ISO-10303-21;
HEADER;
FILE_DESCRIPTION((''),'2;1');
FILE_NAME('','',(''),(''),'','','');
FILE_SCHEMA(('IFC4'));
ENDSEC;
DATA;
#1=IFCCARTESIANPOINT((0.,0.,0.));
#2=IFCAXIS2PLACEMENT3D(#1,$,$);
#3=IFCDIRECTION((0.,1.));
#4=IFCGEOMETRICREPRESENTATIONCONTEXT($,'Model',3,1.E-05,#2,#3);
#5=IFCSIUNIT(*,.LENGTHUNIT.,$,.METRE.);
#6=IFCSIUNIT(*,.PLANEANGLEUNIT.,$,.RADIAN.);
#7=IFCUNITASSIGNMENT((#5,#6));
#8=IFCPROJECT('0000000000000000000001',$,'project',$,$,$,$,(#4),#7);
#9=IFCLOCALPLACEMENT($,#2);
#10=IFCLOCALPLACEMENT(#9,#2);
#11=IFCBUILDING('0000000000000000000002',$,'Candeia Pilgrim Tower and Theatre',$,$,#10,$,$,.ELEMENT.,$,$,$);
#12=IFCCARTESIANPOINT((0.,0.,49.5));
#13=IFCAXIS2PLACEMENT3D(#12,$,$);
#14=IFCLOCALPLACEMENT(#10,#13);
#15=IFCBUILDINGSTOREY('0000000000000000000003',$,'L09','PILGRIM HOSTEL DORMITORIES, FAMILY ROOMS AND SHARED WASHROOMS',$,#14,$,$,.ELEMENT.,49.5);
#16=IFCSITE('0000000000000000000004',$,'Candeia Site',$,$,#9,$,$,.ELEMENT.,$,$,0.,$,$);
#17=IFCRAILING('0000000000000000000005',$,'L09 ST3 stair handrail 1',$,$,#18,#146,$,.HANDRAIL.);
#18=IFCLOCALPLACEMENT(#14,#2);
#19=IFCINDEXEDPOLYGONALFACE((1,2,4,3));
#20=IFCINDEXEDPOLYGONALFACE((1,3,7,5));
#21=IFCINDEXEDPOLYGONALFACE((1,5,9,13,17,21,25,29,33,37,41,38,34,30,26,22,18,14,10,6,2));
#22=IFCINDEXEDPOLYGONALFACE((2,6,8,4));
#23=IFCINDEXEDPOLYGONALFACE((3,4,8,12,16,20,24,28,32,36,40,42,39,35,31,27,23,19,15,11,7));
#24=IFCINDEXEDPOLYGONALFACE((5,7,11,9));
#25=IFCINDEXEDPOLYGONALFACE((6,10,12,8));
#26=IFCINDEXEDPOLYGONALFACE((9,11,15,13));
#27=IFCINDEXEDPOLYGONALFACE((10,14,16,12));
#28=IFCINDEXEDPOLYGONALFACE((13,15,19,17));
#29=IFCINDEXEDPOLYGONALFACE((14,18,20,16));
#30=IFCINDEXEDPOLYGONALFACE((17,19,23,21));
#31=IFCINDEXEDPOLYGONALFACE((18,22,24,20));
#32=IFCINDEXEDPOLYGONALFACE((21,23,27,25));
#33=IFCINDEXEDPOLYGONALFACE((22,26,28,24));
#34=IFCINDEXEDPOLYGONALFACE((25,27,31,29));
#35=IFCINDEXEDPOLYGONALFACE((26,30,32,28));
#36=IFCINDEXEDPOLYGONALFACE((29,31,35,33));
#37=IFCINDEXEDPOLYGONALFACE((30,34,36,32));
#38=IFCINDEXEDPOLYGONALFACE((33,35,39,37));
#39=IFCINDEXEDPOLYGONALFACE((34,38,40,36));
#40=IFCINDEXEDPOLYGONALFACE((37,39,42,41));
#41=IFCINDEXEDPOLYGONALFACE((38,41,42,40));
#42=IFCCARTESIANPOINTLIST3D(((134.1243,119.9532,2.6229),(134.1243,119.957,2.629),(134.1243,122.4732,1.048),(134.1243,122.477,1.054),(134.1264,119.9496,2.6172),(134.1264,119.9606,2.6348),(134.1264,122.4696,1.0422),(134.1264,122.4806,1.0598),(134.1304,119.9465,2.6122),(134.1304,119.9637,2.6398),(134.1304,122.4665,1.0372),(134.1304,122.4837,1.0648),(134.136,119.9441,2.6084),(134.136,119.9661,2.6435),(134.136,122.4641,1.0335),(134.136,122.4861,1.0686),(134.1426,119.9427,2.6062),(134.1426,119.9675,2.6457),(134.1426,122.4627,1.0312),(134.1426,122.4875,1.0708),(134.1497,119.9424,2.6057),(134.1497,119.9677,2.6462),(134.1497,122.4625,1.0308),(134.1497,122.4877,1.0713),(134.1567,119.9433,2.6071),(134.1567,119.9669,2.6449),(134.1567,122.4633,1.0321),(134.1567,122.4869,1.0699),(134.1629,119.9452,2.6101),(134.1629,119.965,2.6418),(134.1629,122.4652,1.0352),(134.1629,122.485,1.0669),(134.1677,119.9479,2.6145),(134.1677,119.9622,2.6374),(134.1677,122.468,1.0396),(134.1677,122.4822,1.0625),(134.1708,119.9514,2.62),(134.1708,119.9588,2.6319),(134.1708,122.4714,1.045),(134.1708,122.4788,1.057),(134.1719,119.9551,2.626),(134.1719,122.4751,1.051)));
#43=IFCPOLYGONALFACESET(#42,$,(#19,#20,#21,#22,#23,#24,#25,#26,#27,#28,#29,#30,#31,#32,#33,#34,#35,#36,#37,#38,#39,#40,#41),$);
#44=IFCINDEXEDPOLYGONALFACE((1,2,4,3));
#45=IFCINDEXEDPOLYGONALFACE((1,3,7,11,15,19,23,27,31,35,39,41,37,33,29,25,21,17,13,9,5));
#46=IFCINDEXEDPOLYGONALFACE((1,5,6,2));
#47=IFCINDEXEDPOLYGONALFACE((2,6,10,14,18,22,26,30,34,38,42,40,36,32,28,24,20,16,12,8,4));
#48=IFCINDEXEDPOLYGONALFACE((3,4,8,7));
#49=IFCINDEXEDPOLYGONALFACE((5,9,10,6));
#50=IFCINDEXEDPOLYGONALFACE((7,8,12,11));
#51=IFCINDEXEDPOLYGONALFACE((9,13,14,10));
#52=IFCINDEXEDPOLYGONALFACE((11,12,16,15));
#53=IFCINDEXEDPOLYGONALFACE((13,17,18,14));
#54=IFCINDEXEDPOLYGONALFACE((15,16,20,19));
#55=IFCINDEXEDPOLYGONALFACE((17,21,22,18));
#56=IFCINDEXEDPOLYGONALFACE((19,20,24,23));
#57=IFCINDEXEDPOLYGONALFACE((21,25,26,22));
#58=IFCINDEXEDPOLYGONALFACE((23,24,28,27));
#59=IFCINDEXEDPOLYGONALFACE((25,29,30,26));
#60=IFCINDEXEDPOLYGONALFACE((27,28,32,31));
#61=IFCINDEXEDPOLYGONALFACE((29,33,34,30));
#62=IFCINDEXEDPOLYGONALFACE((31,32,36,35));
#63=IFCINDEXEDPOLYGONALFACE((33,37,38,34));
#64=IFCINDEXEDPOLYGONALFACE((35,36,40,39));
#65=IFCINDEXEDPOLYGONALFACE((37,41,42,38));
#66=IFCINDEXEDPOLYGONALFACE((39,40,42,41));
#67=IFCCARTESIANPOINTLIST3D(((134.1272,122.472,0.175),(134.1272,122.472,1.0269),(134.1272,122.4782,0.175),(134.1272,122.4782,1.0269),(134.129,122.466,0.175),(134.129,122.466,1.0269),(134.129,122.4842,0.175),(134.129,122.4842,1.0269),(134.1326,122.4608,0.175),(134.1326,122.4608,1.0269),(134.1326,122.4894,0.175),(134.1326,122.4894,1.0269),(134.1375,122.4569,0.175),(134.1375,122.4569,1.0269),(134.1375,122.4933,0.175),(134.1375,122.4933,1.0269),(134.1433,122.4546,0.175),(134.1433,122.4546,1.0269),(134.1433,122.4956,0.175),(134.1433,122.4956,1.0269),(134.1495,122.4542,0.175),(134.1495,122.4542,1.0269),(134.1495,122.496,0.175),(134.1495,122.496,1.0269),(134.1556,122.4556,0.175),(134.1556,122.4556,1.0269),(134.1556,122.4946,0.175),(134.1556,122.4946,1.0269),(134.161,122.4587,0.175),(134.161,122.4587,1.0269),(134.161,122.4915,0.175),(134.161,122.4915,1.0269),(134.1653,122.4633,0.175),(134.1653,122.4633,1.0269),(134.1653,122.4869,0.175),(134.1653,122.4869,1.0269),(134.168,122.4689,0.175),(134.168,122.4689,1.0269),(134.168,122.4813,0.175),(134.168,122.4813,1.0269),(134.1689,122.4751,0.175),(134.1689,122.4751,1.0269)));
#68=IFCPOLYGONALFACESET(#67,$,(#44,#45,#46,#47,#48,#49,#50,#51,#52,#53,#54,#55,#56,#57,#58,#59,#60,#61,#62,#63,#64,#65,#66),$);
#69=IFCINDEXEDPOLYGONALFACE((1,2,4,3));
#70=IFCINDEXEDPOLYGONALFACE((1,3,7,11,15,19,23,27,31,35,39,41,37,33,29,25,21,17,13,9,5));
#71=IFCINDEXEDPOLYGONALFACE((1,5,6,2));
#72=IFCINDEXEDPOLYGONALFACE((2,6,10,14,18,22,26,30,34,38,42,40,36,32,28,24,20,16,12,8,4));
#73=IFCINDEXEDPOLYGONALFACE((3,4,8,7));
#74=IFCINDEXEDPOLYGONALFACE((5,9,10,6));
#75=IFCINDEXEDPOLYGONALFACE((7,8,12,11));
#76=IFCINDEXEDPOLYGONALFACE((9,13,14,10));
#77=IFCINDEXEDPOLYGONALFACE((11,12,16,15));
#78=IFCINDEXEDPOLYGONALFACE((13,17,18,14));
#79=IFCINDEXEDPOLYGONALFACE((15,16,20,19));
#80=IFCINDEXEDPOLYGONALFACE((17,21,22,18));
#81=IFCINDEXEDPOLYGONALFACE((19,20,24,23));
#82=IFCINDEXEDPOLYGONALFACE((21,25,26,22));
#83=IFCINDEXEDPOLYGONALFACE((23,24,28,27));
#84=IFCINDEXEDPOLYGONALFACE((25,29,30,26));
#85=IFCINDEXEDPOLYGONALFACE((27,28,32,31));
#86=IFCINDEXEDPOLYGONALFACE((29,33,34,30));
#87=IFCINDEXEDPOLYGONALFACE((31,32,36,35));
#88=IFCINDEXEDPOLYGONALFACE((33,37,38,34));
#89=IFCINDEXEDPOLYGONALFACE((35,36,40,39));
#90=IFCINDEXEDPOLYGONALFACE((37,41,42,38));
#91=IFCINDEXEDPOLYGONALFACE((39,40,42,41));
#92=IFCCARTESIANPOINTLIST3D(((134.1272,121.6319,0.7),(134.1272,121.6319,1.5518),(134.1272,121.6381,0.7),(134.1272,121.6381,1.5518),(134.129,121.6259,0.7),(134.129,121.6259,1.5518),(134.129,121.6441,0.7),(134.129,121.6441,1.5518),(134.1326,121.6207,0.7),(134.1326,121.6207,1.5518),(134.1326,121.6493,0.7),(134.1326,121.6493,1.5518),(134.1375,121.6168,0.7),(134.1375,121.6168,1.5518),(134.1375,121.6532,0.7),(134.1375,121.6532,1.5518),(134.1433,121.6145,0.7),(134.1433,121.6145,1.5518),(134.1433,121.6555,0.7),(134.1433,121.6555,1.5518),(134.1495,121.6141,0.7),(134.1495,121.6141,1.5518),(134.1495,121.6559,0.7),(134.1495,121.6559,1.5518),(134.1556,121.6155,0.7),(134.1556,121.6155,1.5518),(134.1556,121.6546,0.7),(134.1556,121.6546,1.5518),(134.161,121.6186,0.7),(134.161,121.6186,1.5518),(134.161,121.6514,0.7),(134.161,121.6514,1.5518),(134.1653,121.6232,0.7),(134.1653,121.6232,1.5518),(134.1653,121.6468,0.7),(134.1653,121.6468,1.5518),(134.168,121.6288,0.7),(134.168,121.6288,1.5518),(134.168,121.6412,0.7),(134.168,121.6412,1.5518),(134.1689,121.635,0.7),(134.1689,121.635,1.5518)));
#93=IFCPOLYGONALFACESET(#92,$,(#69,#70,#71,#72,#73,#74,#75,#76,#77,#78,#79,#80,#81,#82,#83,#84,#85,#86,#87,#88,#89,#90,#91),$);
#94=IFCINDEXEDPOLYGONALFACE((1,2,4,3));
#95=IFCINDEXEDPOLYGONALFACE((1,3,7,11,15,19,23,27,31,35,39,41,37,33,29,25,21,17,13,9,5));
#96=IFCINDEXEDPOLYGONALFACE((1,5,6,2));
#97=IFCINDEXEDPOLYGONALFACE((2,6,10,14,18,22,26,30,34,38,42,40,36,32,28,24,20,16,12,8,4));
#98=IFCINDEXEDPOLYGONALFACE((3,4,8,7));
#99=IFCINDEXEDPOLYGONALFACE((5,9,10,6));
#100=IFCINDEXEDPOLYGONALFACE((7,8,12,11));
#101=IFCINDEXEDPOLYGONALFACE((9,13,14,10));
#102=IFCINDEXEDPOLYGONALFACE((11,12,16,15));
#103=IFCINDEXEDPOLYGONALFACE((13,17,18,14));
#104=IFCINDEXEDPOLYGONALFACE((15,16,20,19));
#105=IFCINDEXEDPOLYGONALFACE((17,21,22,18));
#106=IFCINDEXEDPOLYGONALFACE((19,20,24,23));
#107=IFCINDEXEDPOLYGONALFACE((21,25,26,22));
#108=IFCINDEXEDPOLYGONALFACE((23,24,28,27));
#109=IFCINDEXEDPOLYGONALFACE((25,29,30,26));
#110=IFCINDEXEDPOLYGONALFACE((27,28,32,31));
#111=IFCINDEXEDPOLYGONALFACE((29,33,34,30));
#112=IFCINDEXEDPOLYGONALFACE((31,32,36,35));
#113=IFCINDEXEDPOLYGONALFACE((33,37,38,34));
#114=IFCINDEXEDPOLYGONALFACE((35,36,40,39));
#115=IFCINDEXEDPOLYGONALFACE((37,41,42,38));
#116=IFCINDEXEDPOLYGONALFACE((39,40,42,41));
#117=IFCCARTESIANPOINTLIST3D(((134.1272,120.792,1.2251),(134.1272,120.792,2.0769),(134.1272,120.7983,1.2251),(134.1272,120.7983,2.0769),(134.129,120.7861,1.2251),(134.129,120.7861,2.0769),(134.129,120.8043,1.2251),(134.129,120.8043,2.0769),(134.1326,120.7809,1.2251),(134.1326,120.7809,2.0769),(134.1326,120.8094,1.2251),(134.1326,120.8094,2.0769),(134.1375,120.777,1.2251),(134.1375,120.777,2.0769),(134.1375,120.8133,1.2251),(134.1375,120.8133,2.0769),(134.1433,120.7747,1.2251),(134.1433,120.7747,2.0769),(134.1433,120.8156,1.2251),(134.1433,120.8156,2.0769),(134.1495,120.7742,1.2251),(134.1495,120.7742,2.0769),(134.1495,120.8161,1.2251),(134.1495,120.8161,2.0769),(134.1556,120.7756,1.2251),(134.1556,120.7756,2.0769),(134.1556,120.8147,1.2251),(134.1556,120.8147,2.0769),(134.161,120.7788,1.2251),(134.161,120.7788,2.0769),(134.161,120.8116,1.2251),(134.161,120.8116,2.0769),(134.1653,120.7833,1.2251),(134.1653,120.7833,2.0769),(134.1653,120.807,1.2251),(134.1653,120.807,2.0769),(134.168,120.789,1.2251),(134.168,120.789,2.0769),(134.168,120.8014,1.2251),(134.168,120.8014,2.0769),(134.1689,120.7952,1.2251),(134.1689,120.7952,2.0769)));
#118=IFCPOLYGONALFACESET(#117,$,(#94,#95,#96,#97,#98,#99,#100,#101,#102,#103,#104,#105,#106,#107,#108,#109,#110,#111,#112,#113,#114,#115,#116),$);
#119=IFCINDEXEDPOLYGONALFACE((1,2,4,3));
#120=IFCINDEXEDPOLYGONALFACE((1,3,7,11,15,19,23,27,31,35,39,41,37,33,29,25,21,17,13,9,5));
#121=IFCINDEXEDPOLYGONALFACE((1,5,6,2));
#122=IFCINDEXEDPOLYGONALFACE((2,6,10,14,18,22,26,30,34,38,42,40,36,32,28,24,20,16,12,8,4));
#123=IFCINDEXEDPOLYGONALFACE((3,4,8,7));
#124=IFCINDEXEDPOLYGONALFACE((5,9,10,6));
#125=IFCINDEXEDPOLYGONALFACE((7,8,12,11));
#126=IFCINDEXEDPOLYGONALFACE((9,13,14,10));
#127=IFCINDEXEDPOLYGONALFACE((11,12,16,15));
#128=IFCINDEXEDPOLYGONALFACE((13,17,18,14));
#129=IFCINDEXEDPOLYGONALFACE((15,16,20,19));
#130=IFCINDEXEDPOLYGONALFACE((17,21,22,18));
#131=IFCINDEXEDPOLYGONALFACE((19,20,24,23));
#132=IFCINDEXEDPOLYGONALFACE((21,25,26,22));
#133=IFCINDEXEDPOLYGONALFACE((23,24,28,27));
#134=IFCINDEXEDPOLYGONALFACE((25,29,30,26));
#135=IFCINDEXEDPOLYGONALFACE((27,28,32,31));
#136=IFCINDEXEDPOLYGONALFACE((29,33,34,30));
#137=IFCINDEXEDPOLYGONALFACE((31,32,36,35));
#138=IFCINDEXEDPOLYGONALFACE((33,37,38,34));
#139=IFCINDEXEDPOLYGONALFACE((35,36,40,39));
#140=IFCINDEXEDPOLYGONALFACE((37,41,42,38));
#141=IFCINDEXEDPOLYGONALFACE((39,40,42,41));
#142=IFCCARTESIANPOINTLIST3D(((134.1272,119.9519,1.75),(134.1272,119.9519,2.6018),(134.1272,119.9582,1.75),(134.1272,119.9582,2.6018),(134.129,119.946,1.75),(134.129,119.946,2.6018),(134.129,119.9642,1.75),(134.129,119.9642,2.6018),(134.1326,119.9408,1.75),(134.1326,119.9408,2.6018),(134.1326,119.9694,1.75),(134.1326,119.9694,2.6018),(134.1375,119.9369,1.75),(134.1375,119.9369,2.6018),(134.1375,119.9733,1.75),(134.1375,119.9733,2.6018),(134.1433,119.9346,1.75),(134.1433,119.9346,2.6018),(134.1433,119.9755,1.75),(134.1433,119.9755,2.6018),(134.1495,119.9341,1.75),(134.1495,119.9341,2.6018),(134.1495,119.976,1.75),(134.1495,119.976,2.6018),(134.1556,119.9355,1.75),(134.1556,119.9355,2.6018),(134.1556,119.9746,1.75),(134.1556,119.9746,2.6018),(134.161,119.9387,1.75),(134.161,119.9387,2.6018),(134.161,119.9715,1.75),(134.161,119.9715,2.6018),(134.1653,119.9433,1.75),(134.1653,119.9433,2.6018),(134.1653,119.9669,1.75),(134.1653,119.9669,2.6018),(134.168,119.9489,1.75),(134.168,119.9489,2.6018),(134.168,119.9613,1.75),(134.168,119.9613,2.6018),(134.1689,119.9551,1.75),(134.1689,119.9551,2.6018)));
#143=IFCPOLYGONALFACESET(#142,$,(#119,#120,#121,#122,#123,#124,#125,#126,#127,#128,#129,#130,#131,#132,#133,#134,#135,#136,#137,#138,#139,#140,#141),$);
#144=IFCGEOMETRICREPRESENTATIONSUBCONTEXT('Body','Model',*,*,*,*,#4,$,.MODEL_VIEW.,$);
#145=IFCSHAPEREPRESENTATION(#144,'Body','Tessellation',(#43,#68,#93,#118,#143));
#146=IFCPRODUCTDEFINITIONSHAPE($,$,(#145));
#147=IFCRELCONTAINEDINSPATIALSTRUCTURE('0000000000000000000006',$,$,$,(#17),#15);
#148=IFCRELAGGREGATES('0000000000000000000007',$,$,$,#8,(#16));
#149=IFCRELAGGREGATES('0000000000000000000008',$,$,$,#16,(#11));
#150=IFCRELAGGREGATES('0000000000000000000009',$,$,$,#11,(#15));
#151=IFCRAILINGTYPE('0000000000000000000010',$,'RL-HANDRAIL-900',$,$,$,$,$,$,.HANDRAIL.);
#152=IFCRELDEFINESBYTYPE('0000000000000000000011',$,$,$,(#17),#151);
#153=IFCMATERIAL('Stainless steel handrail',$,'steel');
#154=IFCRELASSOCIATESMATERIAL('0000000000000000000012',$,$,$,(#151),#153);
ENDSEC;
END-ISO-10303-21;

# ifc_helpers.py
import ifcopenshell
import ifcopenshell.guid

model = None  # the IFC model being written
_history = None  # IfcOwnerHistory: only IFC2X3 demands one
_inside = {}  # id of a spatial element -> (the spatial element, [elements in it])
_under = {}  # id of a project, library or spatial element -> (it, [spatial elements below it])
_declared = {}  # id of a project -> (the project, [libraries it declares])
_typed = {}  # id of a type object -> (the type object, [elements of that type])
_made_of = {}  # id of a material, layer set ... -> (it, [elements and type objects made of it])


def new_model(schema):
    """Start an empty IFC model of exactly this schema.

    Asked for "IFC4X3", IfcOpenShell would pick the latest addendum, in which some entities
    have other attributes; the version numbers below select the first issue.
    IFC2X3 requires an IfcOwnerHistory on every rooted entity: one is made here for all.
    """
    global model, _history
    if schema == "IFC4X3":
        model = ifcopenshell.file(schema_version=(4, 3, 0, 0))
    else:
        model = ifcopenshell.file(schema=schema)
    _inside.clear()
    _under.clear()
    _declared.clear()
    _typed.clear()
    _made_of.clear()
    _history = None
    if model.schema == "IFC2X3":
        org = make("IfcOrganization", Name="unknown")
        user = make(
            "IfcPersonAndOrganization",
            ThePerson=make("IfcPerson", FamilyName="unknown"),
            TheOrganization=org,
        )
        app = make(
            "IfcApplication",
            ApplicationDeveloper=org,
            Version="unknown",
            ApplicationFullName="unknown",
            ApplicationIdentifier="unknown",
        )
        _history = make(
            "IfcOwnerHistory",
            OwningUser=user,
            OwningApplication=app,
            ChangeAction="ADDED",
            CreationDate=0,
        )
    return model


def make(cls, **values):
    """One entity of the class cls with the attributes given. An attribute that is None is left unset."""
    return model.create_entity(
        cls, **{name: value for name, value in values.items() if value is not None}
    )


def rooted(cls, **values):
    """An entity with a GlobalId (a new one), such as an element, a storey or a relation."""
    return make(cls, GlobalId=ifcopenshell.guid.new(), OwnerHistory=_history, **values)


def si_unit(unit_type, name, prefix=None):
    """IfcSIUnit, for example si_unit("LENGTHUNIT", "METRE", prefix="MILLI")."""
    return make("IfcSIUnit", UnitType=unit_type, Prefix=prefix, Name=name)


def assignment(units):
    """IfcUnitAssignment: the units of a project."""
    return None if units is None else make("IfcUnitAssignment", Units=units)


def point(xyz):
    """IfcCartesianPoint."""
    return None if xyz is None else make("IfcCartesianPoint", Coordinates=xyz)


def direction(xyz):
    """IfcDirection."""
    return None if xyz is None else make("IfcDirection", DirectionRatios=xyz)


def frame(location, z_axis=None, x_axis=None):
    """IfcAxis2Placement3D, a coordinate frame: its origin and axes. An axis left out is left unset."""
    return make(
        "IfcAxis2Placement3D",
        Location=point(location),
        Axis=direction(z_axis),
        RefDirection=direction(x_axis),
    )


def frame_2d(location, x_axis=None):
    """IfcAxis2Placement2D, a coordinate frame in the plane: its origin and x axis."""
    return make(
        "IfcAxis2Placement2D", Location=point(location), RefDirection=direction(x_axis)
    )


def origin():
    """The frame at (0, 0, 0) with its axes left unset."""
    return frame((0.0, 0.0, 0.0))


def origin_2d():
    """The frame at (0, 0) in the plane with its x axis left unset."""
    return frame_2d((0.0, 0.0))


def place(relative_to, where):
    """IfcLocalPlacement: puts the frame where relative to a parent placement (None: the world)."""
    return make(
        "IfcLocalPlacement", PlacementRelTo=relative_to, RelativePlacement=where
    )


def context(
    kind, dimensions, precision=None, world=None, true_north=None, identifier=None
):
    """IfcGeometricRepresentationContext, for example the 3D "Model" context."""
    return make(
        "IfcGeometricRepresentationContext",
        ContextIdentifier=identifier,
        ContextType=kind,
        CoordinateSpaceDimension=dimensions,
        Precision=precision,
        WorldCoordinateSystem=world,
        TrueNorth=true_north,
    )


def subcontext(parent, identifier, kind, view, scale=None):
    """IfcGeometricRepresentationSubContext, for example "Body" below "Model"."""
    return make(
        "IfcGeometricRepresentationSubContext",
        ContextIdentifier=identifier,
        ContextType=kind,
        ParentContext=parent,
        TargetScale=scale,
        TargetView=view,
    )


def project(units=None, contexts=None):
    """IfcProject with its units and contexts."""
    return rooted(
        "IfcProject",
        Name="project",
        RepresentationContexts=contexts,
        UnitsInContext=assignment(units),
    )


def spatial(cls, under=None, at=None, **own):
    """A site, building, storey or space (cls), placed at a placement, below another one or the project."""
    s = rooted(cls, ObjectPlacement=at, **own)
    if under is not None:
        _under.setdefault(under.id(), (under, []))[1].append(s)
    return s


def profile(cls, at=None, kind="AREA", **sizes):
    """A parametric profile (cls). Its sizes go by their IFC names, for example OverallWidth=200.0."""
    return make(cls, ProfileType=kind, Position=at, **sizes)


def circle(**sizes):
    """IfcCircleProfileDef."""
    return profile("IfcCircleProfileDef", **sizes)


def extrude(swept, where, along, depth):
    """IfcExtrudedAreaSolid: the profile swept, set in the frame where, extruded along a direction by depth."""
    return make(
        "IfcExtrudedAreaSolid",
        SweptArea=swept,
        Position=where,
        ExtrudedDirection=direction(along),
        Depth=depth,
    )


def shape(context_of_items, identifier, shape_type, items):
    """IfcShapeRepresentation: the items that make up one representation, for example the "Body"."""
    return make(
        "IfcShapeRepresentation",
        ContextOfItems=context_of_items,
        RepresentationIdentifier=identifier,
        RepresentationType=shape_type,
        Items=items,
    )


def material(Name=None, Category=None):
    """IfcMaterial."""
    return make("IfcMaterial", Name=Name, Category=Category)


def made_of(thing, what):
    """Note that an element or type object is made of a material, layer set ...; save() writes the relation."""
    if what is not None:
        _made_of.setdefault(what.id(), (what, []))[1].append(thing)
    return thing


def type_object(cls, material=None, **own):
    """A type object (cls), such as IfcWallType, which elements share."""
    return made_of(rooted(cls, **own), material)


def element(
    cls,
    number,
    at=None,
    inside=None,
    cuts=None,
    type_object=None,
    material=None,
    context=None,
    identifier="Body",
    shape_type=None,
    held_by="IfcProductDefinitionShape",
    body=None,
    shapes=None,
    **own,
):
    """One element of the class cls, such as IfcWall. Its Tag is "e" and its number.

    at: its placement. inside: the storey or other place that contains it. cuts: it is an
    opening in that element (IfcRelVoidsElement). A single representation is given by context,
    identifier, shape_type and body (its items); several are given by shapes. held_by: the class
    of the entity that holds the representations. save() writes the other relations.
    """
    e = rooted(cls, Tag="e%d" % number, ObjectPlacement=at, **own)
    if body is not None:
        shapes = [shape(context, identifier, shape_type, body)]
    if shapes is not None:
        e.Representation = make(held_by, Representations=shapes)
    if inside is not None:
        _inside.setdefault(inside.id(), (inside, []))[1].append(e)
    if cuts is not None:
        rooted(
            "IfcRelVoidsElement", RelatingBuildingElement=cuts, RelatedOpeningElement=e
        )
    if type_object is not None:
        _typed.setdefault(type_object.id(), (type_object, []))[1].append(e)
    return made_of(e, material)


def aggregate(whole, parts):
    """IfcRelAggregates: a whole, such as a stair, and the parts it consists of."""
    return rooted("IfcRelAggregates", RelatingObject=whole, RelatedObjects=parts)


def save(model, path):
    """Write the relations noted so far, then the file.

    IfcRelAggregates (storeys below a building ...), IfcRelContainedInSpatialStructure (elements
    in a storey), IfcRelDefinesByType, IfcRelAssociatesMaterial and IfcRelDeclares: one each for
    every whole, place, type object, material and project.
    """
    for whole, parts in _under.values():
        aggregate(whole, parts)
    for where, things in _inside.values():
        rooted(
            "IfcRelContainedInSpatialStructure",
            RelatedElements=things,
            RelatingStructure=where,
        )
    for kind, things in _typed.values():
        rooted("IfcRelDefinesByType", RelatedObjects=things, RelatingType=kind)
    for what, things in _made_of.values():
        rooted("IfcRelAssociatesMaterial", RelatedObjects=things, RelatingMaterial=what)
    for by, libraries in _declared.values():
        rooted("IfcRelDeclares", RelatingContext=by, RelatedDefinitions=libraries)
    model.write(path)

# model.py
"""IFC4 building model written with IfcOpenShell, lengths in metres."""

from ifc_helpers import new_model, si_unit, direction, frame, origin, origin_2d, place, context, subcontext, project, spatial, circle, extrude, material, type_object, element, save


model = new_model("IFC4")

# Units and contexts
model_context = context("Model", 3, precision=1e-05, world=origin(), true_north=direction((0.0, 1.0)))
body_context = subcontext(model_context, "Body", "Model", "MODEL_VIEW")
ifc_project = project(units=[si_unit("LENGTHUNIT", "METRE"), si_unit("PLANEANGLEUNIT", "RADIAN")], contexts=[model_context])

# Site, building, storey
site_placement = place(None, origin())
site = spatial("IfcSite", under=ifc_project, at=site_placement, Name="Candeia Site", CompositionType="ELEMENT", RefElevation=0.0)
building_placement = place(site_placement, origin())
building = spatial("IfcBuilding", under=site, at=building_placement, Name="Candeia Pilgrim Tower and Theatre", CompositionType="ELEMENT")
storey_placement = place(building_placement, frame((0.0, 0.0, 49.5)))
storey = spatial("IfcBuildingStorey", under=building, at=storey_placement, Name="L09", Description="PILGRIM HOSTEL DORMITORIES, FAMILY ROOMS AND SHARED WASHROOMS", CompositionType="ELEMENT", Elevation=49.5)

# Railing
ifc_material_1 = material(Name="Stainless steel handrail", Category="steel")
railing_type_1 = type_object("IfcRailingType", Name="RL-HANDRAIL-900", PredefinedType="HANDRAIL", material=ifc_material_1)
railing_1_placement = place(storey_placement, frame((134.1479, 122.4751, 0.175)))
element("IfcRailing", 1, at=railing_1_placement, inside=storey, type_object=railing_type_1, Name="L09 ST3 stair handrail 1", PredefinedType="HANDRAIL", context=body_context, shape_type="SweptSolid", body=[
    extrude(circle(Radius=0.0239, at=origin_2d()), frame((0.0, 0.0, 0.876), z_axis=(0.0, -0.848008, 0.529984), x_axis=(1.0, 0.0, 0.0)), (0.0, 0.0, 1.0), 2.9717),
    extrude(circle(Radius=0.021, at=origin_2d()), origin(), (0.0, 0.0, 1.0), 0.8518),
    extrude(circle(Radius=0.021, at=origin_2d()), frame((0.0, -0.8401, 0.5249)), (0.0, 0.0, 1.0), 0.8518),
    extrude(circle(Radius=0.021, at=origin_2d()), frame((0.0, -1.6799, 1.05)), (0.0, 0.0, 1.0), 0.8518),
    extrude(circle(Radius=0.021, at=origin_2d()), frame((0.0, -2.52, 1.575)), (0.0, 0.0, 1.0), 0.8518),
])

save(model, "model.ifc")
